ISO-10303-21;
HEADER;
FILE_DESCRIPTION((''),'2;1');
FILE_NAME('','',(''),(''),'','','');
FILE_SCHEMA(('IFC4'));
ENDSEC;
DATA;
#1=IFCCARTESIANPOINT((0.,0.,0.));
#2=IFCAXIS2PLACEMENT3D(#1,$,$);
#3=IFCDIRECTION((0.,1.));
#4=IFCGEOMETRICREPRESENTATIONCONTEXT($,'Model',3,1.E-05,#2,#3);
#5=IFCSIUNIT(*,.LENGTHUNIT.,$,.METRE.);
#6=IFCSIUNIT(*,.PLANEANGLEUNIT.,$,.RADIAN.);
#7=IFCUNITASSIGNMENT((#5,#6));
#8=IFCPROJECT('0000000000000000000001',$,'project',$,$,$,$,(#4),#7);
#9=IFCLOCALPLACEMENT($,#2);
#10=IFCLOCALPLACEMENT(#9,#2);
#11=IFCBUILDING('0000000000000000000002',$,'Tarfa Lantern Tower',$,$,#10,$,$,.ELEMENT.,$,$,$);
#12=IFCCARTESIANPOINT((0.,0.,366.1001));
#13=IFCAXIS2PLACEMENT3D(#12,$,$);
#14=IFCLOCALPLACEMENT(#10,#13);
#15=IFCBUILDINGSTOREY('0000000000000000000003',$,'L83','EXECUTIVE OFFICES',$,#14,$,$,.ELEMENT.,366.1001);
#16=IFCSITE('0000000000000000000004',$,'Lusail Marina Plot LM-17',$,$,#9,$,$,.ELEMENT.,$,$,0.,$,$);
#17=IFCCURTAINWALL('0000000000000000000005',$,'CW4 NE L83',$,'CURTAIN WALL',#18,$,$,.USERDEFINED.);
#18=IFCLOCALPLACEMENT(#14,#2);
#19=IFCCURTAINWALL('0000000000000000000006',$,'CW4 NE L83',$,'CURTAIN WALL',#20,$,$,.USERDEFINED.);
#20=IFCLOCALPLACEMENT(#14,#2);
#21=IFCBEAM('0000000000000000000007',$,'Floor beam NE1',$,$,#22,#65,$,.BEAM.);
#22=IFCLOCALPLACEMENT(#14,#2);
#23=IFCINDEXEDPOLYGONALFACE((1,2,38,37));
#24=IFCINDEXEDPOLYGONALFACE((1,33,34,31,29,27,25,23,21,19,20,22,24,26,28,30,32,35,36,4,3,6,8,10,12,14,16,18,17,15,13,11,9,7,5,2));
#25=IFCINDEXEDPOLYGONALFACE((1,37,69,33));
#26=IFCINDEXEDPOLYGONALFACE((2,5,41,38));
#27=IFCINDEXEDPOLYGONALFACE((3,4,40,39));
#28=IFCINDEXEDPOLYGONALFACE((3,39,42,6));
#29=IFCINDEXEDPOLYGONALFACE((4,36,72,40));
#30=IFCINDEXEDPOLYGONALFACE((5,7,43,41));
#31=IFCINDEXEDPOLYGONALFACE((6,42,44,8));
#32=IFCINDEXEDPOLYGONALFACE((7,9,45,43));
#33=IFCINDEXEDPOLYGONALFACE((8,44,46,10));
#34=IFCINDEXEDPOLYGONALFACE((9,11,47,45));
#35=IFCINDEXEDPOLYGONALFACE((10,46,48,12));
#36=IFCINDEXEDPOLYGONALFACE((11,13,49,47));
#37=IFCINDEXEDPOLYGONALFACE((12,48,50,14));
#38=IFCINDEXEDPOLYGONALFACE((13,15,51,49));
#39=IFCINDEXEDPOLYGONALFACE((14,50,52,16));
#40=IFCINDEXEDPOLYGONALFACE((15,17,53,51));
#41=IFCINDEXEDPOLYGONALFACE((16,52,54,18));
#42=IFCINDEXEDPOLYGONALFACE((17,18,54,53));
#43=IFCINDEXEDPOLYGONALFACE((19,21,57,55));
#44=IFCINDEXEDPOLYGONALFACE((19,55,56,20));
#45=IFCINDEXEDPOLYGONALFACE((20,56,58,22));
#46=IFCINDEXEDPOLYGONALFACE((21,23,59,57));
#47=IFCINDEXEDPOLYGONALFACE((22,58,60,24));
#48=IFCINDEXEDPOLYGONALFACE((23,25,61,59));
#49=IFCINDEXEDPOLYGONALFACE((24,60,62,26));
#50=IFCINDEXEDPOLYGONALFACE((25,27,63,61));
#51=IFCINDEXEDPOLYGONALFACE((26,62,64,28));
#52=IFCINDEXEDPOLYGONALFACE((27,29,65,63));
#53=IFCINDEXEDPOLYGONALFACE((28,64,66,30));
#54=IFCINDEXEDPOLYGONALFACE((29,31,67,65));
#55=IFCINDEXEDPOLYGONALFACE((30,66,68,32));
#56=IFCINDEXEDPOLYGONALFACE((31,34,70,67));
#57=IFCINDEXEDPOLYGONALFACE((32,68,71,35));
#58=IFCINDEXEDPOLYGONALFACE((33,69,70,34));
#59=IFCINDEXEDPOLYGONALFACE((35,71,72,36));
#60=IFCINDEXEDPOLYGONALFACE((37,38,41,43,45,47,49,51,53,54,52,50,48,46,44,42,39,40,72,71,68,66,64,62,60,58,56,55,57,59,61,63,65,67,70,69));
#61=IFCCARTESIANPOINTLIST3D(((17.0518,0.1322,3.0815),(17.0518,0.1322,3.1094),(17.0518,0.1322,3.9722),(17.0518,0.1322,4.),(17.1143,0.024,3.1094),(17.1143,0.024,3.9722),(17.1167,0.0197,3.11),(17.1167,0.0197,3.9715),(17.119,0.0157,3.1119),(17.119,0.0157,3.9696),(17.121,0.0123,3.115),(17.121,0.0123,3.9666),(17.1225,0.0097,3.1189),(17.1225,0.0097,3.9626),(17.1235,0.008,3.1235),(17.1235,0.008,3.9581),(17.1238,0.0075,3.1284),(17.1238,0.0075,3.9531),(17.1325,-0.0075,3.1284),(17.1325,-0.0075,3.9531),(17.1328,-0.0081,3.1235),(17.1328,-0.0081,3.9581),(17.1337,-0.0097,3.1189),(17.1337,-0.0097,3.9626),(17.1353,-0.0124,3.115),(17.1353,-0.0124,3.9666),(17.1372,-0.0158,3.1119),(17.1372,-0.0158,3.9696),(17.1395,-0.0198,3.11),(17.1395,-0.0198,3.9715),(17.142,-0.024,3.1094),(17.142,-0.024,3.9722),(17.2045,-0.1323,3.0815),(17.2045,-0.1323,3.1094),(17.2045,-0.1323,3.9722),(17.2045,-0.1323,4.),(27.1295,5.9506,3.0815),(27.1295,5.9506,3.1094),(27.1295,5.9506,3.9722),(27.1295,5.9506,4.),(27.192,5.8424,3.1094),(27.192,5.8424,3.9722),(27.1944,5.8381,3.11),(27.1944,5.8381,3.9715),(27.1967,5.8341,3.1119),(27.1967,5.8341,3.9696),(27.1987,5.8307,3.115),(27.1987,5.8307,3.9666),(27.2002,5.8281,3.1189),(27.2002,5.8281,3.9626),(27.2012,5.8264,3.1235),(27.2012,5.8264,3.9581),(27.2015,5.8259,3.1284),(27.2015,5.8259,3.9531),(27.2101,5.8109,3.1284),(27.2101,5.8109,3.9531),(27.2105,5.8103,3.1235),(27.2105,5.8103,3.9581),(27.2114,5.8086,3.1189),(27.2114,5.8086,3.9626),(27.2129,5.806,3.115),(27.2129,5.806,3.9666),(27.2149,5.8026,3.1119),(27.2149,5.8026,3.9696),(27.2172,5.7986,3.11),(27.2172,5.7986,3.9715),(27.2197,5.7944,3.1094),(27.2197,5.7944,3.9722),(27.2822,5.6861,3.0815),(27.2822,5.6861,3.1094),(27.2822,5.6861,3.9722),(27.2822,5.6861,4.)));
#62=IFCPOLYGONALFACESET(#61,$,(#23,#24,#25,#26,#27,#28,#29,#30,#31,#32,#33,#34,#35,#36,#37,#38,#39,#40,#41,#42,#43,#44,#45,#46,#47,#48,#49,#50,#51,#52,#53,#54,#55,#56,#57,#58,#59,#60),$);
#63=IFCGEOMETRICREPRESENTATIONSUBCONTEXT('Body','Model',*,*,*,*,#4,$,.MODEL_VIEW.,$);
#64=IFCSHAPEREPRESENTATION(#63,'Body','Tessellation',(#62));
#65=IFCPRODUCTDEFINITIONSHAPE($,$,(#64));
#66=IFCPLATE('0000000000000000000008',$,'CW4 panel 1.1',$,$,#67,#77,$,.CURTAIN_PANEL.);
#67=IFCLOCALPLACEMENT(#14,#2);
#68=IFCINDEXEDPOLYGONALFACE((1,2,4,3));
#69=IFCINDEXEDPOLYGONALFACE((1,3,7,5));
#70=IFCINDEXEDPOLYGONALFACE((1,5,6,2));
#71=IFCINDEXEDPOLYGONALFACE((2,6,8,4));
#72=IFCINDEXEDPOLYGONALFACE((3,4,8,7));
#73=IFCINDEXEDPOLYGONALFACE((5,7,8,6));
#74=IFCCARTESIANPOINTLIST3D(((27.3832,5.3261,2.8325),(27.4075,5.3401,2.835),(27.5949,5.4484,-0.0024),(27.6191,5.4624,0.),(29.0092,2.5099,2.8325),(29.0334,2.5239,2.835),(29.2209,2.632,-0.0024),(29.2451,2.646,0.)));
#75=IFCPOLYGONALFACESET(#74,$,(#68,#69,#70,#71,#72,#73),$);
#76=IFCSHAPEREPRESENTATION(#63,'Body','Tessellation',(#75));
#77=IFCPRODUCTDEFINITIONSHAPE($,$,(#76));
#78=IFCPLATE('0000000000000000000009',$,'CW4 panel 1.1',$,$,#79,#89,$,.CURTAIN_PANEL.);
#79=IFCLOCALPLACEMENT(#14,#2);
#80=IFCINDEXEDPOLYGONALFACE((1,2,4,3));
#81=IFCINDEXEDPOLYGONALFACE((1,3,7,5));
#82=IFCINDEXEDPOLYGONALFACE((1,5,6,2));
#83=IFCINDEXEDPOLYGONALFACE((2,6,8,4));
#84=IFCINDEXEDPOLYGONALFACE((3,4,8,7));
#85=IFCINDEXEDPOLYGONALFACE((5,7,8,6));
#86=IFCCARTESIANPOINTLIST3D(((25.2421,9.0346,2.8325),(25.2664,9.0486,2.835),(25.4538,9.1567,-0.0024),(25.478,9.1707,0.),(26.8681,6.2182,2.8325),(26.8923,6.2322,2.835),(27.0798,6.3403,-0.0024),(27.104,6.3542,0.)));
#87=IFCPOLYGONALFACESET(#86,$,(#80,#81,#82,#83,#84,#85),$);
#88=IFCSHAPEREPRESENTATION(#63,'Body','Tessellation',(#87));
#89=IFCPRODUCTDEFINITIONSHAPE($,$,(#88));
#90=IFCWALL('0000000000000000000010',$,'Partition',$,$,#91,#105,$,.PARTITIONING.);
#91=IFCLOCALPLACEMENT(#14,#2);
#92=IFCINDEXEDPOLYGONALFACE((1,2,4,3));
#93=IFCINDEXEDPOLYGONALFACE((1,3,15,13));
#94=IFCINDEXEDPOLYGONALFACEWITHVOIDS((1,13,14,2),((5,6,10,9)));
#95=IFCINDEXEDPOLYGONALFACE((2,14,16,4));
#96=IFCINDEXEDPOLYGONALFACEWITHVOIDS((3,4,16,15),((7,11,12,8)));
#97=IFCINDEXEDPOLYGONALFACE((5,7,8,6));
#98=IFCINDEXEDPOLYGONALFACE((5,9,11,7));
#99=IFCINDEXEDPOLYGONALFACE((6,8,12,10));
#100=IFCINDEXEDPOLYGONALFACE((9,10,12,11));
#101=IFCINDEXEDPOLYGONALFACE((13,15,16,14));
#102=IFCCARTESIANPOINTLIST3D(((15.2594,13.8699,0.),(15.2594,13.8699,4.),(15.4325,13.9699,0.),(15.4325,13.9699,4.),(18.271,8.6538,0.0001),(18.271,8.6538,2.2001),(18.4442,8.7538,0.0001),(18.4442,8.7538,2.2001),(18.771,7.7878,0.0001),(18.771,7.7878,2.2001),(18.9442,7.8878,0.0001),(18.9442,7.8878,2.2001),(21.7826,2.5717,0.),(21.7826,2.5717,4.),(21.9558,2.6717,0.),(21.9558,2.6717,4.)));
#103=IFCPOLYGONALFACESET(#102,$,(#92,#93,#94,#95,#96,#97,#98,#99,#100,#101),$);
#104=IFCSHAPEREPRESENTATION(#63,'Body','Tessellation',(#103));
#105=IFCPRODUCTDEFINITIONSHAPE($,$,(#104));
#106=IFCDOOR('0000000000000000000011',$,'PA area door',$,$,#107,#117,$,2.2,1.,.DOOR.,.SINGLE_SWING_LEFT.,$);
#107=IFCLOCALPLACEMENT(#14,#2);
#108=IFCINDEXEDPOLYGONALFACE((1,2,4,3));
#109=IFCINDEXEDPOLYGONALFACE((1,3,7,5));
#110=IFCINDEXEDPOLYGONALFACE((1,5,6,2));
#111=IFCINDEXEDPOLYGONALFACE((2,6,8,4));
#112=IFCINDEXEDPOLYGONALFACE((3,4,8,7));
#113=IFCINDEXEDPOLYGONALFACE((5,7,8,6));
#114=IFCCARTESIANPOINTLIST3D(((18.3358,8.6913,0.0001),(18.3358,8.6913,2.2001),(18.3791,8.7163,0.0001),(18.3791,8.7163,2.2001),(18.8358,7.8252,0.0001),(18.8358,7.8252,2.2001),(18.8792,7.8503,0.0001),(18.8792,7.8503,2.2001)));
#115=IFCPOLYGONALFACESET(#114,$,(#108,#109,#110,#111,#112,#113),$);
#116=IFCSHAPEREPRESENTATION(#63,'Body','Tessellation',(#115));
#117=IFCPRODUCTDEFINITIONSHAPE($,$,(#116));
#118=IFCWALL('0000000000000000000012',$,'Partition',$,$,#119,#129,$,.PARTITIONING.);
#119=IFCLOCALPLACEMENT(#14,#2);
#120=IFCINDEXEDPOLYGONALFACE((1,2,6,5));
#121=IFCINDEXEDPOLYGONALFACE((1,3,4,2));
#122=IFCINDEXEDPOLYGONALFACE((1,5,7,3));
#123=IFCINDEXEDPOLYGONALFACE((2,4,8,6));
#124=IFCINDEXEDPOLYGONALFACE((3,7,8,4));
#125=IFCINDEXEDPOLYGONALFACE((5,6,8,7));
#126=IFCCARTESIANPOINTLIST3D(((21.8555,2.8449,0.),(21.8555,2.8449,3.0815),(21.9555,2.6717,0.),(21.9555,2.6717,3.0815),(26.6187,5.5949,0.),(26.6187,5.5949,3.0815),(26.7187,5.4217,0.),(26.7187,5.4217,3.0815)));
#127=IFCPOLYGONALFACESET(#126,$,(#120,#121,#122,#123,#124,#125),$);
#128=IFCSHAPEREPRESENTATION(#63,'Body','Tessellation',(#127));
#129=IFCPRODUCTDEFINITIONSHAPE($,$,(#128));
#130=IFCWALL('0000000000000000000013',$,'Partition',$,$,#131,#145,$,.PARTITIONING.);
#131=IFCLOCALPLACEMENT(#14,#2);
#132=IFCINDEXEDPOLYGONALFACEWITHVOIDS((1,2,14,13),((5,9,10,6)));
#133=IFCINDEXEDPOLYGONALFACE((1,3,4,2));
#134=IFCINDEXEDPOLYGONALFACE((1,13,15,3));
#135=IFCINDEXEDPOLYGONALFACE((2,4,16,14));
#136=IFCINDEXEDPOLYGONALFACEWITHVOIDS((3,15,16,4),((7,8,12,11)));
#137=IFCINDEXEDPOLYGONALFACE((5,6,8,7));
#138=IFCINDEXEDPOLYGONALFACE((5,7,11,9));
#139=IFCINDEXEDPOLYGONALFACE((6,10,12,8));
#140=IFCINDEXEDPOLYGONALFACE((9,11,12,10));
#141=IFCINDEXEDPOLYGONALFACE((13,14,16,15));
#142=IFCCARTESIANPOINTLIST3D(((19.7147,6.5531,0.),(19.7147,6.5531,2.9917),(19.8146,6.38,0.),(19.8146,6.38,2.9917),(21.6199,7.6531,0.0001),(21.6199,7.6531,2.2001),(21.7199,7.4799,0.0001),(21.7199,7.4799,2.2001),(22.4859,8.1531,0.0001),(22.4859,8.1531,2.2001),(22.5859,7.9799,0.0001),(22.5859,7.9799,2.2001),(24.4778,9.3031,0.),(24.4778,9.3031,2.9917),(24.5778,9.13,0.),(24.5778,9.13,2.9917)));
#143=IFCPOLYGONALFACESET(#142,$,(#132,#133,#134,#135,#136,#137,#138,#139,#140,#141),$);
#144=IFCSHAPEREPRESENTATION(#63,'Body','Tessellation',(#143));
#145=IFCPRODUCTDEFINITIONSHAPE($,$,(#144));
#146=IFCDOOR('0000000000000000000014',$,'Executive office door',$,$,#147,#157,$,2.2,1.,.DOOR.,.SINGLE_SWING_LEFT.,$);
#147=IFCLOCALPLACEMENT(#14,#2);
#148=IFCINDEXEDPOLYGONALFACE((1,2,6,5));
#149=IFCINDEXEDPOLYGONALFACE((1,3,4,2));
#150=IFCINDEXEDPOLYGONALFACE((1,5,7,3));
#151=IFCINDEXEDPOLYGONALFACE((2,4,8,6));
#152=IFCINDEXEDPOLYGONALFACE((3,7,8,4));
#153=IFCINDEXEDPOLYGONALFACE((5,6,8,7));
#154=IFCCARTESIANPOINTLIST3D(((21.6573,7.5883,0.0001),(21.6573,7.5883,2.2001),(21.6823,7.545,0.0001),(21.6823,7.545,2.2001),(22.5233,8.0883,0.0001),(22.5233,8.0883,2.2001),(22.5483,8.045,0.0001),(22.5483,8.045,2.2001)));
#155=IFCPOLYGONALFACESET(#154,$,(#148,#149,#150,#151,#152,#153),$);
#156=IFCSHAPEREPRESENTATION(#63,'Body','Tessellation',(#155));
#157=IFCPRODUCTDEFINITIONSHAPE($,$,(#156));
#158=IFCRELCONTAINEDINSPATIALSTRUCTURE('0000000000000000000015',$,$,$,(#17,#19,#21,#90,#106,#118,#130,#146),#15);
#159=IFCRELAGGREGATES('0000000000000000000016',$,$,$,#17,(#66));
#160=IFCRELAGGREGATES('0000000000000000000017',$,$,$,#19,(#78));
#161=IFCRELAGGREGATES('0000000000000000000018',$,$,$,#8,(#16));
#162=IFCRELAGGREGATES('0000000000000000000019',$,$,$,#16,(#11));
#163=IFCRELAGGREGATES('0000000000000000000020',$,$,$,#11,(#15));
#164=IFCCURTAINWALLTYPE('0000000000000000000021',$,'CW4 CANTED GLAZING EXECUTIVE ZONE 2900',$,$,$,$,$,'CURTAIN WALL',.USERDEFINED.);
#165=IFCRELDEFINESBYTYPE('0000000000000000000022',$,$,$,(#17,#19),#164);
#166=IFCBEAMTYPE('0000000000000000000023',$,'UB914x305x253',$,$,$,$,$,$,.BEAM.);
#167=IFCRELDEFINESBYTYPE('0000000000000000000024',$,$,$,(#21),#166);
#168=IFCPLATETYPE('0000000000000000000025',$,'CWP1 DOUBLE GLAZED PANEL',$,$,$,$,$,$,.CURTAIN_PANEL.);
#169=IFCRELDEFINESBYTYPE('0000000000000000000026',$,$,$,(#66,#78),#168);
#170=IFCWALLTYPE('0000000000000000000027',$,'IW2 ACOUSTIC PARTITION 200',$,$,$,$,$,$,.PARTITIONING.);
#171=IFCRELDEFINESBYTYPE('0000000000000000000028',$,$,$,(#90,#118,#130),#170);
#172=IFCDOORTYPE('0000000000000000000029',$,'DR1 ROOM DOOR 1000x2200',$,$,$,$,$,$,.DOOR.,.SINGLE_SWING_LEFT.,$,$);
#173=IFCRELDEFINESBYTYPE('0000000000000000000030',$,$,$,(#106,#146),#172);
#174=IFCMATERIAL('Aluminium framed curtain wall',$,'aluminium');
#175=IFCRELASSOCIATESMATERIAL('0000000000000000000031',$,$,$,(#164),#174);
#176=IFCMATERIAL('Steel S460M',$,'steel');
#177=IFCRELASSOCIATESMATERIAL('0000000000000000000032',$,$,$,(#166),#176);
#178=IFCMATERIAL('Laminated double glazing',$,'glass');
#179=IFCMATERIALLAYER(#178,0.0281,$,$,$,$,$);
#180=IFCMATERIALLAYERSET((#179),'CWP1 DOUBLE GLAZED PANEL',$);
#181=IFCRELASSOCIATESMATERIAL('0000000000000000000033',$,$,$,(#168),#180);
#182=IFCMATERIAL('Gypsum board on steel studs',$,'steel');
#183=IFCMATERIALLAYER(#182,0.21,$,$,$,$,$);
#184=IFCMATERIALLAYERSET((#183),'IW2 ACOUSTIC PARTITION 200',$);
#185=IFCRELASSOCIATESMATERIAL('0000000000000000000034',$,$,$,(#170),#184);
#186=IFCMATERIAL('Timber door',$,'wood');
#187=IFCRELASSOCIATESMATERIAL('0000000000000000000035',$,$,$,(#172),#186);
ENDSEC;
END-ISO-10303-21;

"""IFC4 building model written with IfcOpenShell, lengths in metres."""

from ifc_helpers import new_model, si_unit, direction, frame, frame_2d, origin, origin_2d, place, context, subcontext, project, spatial, polyline, rectangle, i_section, outline, extrude, material, layer, layer_set, material_profile, profile_set, type_object, element, fill, aggregate, save


model = new_model("IFC4")

# Units and contexts
model_context = context("Model", 3, precision=1e-05, world=origin(), true_north=direction((0.0, 1.0)))
body_context = subcontext(model_context, "Body", "Model", "MODEL_VIEW")
ifc_project = project(units=[si_unit("LENGTHUNIT", "METRE"), si_unit("PLANEANGLEUNIT", "RADIAN")], contexts=[model_context])

# Site, building, storey
site_placement = place(None, origin())
site = spatial("IfcSite", under=ifc_project, at=site_placement, Name="Lusail Marina Plot LM-17", CompositionType="ELEMENT", RefElevation=0.0)
building_placement = place(site_placement, origin())
building = spatial("IfcBuilding", under=site, at=building_placement, Name="Tarfa Lantern Tower", CompositionType="ELEMENT")
storey_placement = place(building_placement, frame((0.0, 0.0, 366.1001)))
storey = spatial("IfcBuildingStorey", under=building, at=storey_placement, Name="L83", Description="EXECUTIVE OFFICES", CompositionType="ELEMENT", Elevation=366.1001)

# Curtain walls
ifc_material_1 = material(Name="Aluminium framed curtain wall", Category="aluminium")
curtain_wall_type = type_object("IfcCurtainWallType", Name="CW4 CANTED GLAZING EXECUTIVE ZONE 2900", ElementType="CURTAIN WALL", PredefinedType="USERDEFINED", material=ifc_material_1)
curtain_wall_1_placement = place(storey_placement, origin())
curtain_wall_1 = element("IfcCurtainWall", 1, at=curtain_wall_1_placement, inside=storey, type_object=curtain_wall_type, Name="CW4 NE L83", ObjectType="CURTAIN WALL", PredefinedType="USERDEFINED")
curtain_wall_2_placement = place(storey_placement, origin())
curtain_wall_2 = element("IfcCurtainWall", 2, at=curtain_wall_2_placement, inside=storey, type_object=curtain_wall_type, Name="CW4 NE L83", ObjectType="CURTAIN WALL", PredefinedType="USERDEFINED")

# Beam
ifc_material_2 = material(Name="Steel S460M", Category="steel")
ifc_material_profile_1 = material_profile(ifc_material_2, i_section(OverallWidth=0.3054, OverallDepth=0.9185, WebThickness=0.0173, FlangeThickness=0.0278, FilletRadius=0.019, at=origin_2d()), Name="UB914x305x253")
ifc_profile_set_1 = profile_set([ifc_material_profile_1], Name="Steel S460M")
beam_type_1 = type_object("IfcBeamType", Name="UB914x305x253", PredefinedType="BEAM", material=ifc_profile_set_1)
beam_1_placement = place(storey_placement, frame((27.2058, 5.8184, 3.5408), z_axis=(-0.866024, -0.500002, 0.0), x_axis=(0.500002, -0.866024, 0.0)))
element("IfcBeam", 3, at=beam_1_placement, inside=storey, type_object=beam_type_1, Name="Floor beam NE1", PredefinedType="BEAM", context=body_context, shape_type="SweptSolid", body=[
    extrude(i_section(OverallWidth=0.3054, OverallDepth=0.9185, WebThickness=0.0173, FlangeThickness=0.0278, FilletRadius=0.019, at=origin_2d()), origin(), (0.0, 0.0, 1.0), 11.6367),
])

# Plates
ifc_material_3 = material(Name="Laminated double glazing", Category="glass")
ifc_layer_1 = layer(ifc_material_3, 0.0281)
ifc_layer_set_1 = layer_set([ifc_layer_1], Name="CWP1 DOUBLE GLAZED PANEL")
plate_type = type_object("IfcPlateType", Name="CWP1 DOUBLE GLAZED PANEL", PredefinedType="CURTAIN_PANEL", material=ifc_layer_set_1)
plate_1_placement = place(storey_placement, frame((29.2451, 2.646, 0.0), z_axis=(0.862826, 0.498151, 0.085893), x_axis=(-0.499999, 0.866026, -0.000002)))
plate_1 = element("IfcPlate", 4, at=plate_1_placement, type_object=plate_type, Name="CW4 panel 1.1", PredefinedType="CURTAIN_PANEL", context=body_context, shape_type="SweptSolid", body=[
    extrude(outline(polyline([(0.0, 0.0), (3.2521, 0.0), (3.252, 2.8455), (0.0001, 2.8455), (0.0, 0.0)])), origin(), (0.0, 0.0, -1.0), 0.0281),
])
aggregate(curtain_wall_1, [plate_1])
plate_2_placement = place(storey_placement, frame((27.104, 6.3542, 0.0), z_axis=(0.862837, 0.498136, 0.085872), x_axis=(-0.499982, 0.866036, 0.0)))
plate_2 = element("IfcPlate", 5, at=plate_2_placement, type_object=plate_type, Name="CW4 panel 1.1", PredefinedType="CURTAIN_PANEL", context=body_context, shape_type="SweptSolid", body=[
    extrude(outline(polyline([(0.0, 0.0), (3.2521, 0.0), (3.2522, 2.8455), (0.0001, 2.8455), (0.0, 0.0)])), origin(), (0.0, 0.0, -1.0), 0.0281),
])
aggregate(curtain_wall_2, [plate_2])

# Wall, opening, door
ifc_material_4 = material(Name="Gypsum board on steel studs", Category="steel")
ifc_layer_2 = layer(ifc_material_4, 0.21)
ifc_layer_set_2 = layer_set([ifc_layer_2], Name="IW2 ACOUSTIC PARTITION 200")
wall_type = type_object("IfcWallType", Name="IW2 ACOUSTIC PARTITION 200", PredefinedType="PARTITIONING", material=ifc_layer_set_2)
wall_1_placement = place(storey_placement, frame((21.8691, 2.6218, 0.0), z_axis=(0.0, 0.0, 1.0), x_axis=(-0.500013, 0.866018, 0.0)))
wall_1 = element("IfcWall", 6, at=wall_1_placement, inside=storey, type_object=wall_type, Name="Partition", PredefinedType="PARTITIONING", context=body_context, shape_type="SweptSolid", body=[
    extrude(rectangle(XDim=13.0461, YDim=0.2, at=frame_2d((6.5229, 0.0))), origin(), (0.0, 0.0, 1.0), 4.0),
])
opening_1_placement = place(wall_1_placement, frame((6.0229, 0.0, 0.0)))
opening_1 = element("IfcOpeningElement", 7, at=opening_1_placement, cuts=wall_1, PredefinedType="OPENING", context=body_context, shape_type="SweptSolid", body=[
    extrude(rectangle(XDim=1.0, YDim=2.2, at=frame_2d((0.5, 1.1001))), frame((0.0, 0.1099, 0.0), z_axis=(0.0, -1.0, 0.0), x_axis=(1.0, 0.0, 0.0)), (0.0, 0.0, 1.0), 0.22),
])
ifc_material_5 = material(Name="Timber door", Category="wood")
door_type = type_object("IfcDoorType", Name="DR1 ROOM DOOR 1000x2200", OperationType="SINGLE_SWING_LEFT", PredefinedType="DOOR", material=ifc_material_5)
door_1_placement = place(opening_1_placement, frame((1.0, 0.0, 0.0), z_axis=(0.0, 0.0, 1.0), x_axis=(-1.0, 0.0, 0.0)))
door_1 = element("IfcDoor", 8, at=door_1_placement, inside=storey, type_object=door_type, Name="PA area door", OperationType="SINGLE_SWING_LEFT", OverallHeight=2.2, OverallWidth=1.0, PredefinedType="DOOR", context=body_context, shape_type="SweptSolid", body=[
    extrude(rectangle(XDim=1.0, YDim=2.2, at=frame_2d((0.5, 1.1001))), frame((0.0, 0.0249, 0.0), z_axis=(0.0, -1.0, 0.0), x_axis=(1.0, 0.0, 0.0)), (0.0, 0.0, 1.0), 0.05),
])
fill(opening_1, door_1)

# Wall
wall_2_placement = place(storey_placement, frame((21.9055, 2.7583, 0.0), z_axis=(0.0, 0.0, 1.0), x_axis=(0.866027, 0.499997, 0.0)))
element("IfcWall", 9, at=wall_2_placement, inside=storey, type_object=wall_type, Name="Partition", PredefinedType="PARTITIONING", context=body_context, shape_type="SweptSolid", body=[
    extrude(rectangle(XDim=5.5, YDim=0.2, at=frame_2d((2.75, 0.0))), origin(), (0.0, 0.0, 1.0), 3.0815),
])

# Wall, opening, door
wall_3_placement = place(storey_placement, frame((19.7646, 6.4666, 0.0), z_axis=(0.0, 0.0, 1.0), x_axis=(0.866027, 0.499997, 0.0)))
wall_3 = element("IfcWall", 10, at=wall_3_placement, inside=storey, type_object=wall_type, Name="Partition", PredefinedType="PARTITIONING", context=body_context, shape_type="SweptSolid", body=[
    extrude(rectangle(XDim=5.5, YDim=0.2, at=frame_2d((2.75, 0.0))), origin(), (0.0, 0.0, 1.0), 2.9917),
])
opening_2_placement = place(wall_3_placement, frame((2.2, 0.0, 0.0)))
opening_2 = element("IfcOpeningElement", 11, at=opening_2_placement, cuts=wall_3, PredefinedType="OPENING", context=body_context, shape_type="SweptSolid", body=[
    extrude(rectangle(XDim=1.0, YDim=2.2, at=frame_2d((0.5, 1.1001))), frame((0.0, 0.1099, 0.0), z_axis=(0.0, -1.0, 0.0), x_axis=(1.0, 0.0, 0.0)), (0.0, 0.0, 1.0), 0.22),
])
door_2_placement = place(opening_2_placement, frame((1.0, 0.0, 0.0), z_axis=(0.0, 0.0, 1.0), x_axis=(-1.0, 0.0, 0.0)))
door_2 = element("IfcDoor", 12, at=door_2_placement, inside=storey, type_object=door_type, Name="Executive office door", OperationType="SINGLE_SWING_LEFT", OverallHeight=2.2, OverallWidth=1.0, PredefinedType="DOOR", context=body_context, shape_type="SweptSolid", body=[
    extrude(rectangle(XDim=1.0, YDim=2.2, at=frame_2d((0.5, 1.1001))), frame((0.0, 0.0249, 0.0), z_axis=(0.0, -1.0, 0.0), x_axis=(1.0, 0.0, 0.0)), (0.0, 0.0, 1.0), 0.05),
])
fill(opening_2, door_2)

save(model, "model.ifc")
